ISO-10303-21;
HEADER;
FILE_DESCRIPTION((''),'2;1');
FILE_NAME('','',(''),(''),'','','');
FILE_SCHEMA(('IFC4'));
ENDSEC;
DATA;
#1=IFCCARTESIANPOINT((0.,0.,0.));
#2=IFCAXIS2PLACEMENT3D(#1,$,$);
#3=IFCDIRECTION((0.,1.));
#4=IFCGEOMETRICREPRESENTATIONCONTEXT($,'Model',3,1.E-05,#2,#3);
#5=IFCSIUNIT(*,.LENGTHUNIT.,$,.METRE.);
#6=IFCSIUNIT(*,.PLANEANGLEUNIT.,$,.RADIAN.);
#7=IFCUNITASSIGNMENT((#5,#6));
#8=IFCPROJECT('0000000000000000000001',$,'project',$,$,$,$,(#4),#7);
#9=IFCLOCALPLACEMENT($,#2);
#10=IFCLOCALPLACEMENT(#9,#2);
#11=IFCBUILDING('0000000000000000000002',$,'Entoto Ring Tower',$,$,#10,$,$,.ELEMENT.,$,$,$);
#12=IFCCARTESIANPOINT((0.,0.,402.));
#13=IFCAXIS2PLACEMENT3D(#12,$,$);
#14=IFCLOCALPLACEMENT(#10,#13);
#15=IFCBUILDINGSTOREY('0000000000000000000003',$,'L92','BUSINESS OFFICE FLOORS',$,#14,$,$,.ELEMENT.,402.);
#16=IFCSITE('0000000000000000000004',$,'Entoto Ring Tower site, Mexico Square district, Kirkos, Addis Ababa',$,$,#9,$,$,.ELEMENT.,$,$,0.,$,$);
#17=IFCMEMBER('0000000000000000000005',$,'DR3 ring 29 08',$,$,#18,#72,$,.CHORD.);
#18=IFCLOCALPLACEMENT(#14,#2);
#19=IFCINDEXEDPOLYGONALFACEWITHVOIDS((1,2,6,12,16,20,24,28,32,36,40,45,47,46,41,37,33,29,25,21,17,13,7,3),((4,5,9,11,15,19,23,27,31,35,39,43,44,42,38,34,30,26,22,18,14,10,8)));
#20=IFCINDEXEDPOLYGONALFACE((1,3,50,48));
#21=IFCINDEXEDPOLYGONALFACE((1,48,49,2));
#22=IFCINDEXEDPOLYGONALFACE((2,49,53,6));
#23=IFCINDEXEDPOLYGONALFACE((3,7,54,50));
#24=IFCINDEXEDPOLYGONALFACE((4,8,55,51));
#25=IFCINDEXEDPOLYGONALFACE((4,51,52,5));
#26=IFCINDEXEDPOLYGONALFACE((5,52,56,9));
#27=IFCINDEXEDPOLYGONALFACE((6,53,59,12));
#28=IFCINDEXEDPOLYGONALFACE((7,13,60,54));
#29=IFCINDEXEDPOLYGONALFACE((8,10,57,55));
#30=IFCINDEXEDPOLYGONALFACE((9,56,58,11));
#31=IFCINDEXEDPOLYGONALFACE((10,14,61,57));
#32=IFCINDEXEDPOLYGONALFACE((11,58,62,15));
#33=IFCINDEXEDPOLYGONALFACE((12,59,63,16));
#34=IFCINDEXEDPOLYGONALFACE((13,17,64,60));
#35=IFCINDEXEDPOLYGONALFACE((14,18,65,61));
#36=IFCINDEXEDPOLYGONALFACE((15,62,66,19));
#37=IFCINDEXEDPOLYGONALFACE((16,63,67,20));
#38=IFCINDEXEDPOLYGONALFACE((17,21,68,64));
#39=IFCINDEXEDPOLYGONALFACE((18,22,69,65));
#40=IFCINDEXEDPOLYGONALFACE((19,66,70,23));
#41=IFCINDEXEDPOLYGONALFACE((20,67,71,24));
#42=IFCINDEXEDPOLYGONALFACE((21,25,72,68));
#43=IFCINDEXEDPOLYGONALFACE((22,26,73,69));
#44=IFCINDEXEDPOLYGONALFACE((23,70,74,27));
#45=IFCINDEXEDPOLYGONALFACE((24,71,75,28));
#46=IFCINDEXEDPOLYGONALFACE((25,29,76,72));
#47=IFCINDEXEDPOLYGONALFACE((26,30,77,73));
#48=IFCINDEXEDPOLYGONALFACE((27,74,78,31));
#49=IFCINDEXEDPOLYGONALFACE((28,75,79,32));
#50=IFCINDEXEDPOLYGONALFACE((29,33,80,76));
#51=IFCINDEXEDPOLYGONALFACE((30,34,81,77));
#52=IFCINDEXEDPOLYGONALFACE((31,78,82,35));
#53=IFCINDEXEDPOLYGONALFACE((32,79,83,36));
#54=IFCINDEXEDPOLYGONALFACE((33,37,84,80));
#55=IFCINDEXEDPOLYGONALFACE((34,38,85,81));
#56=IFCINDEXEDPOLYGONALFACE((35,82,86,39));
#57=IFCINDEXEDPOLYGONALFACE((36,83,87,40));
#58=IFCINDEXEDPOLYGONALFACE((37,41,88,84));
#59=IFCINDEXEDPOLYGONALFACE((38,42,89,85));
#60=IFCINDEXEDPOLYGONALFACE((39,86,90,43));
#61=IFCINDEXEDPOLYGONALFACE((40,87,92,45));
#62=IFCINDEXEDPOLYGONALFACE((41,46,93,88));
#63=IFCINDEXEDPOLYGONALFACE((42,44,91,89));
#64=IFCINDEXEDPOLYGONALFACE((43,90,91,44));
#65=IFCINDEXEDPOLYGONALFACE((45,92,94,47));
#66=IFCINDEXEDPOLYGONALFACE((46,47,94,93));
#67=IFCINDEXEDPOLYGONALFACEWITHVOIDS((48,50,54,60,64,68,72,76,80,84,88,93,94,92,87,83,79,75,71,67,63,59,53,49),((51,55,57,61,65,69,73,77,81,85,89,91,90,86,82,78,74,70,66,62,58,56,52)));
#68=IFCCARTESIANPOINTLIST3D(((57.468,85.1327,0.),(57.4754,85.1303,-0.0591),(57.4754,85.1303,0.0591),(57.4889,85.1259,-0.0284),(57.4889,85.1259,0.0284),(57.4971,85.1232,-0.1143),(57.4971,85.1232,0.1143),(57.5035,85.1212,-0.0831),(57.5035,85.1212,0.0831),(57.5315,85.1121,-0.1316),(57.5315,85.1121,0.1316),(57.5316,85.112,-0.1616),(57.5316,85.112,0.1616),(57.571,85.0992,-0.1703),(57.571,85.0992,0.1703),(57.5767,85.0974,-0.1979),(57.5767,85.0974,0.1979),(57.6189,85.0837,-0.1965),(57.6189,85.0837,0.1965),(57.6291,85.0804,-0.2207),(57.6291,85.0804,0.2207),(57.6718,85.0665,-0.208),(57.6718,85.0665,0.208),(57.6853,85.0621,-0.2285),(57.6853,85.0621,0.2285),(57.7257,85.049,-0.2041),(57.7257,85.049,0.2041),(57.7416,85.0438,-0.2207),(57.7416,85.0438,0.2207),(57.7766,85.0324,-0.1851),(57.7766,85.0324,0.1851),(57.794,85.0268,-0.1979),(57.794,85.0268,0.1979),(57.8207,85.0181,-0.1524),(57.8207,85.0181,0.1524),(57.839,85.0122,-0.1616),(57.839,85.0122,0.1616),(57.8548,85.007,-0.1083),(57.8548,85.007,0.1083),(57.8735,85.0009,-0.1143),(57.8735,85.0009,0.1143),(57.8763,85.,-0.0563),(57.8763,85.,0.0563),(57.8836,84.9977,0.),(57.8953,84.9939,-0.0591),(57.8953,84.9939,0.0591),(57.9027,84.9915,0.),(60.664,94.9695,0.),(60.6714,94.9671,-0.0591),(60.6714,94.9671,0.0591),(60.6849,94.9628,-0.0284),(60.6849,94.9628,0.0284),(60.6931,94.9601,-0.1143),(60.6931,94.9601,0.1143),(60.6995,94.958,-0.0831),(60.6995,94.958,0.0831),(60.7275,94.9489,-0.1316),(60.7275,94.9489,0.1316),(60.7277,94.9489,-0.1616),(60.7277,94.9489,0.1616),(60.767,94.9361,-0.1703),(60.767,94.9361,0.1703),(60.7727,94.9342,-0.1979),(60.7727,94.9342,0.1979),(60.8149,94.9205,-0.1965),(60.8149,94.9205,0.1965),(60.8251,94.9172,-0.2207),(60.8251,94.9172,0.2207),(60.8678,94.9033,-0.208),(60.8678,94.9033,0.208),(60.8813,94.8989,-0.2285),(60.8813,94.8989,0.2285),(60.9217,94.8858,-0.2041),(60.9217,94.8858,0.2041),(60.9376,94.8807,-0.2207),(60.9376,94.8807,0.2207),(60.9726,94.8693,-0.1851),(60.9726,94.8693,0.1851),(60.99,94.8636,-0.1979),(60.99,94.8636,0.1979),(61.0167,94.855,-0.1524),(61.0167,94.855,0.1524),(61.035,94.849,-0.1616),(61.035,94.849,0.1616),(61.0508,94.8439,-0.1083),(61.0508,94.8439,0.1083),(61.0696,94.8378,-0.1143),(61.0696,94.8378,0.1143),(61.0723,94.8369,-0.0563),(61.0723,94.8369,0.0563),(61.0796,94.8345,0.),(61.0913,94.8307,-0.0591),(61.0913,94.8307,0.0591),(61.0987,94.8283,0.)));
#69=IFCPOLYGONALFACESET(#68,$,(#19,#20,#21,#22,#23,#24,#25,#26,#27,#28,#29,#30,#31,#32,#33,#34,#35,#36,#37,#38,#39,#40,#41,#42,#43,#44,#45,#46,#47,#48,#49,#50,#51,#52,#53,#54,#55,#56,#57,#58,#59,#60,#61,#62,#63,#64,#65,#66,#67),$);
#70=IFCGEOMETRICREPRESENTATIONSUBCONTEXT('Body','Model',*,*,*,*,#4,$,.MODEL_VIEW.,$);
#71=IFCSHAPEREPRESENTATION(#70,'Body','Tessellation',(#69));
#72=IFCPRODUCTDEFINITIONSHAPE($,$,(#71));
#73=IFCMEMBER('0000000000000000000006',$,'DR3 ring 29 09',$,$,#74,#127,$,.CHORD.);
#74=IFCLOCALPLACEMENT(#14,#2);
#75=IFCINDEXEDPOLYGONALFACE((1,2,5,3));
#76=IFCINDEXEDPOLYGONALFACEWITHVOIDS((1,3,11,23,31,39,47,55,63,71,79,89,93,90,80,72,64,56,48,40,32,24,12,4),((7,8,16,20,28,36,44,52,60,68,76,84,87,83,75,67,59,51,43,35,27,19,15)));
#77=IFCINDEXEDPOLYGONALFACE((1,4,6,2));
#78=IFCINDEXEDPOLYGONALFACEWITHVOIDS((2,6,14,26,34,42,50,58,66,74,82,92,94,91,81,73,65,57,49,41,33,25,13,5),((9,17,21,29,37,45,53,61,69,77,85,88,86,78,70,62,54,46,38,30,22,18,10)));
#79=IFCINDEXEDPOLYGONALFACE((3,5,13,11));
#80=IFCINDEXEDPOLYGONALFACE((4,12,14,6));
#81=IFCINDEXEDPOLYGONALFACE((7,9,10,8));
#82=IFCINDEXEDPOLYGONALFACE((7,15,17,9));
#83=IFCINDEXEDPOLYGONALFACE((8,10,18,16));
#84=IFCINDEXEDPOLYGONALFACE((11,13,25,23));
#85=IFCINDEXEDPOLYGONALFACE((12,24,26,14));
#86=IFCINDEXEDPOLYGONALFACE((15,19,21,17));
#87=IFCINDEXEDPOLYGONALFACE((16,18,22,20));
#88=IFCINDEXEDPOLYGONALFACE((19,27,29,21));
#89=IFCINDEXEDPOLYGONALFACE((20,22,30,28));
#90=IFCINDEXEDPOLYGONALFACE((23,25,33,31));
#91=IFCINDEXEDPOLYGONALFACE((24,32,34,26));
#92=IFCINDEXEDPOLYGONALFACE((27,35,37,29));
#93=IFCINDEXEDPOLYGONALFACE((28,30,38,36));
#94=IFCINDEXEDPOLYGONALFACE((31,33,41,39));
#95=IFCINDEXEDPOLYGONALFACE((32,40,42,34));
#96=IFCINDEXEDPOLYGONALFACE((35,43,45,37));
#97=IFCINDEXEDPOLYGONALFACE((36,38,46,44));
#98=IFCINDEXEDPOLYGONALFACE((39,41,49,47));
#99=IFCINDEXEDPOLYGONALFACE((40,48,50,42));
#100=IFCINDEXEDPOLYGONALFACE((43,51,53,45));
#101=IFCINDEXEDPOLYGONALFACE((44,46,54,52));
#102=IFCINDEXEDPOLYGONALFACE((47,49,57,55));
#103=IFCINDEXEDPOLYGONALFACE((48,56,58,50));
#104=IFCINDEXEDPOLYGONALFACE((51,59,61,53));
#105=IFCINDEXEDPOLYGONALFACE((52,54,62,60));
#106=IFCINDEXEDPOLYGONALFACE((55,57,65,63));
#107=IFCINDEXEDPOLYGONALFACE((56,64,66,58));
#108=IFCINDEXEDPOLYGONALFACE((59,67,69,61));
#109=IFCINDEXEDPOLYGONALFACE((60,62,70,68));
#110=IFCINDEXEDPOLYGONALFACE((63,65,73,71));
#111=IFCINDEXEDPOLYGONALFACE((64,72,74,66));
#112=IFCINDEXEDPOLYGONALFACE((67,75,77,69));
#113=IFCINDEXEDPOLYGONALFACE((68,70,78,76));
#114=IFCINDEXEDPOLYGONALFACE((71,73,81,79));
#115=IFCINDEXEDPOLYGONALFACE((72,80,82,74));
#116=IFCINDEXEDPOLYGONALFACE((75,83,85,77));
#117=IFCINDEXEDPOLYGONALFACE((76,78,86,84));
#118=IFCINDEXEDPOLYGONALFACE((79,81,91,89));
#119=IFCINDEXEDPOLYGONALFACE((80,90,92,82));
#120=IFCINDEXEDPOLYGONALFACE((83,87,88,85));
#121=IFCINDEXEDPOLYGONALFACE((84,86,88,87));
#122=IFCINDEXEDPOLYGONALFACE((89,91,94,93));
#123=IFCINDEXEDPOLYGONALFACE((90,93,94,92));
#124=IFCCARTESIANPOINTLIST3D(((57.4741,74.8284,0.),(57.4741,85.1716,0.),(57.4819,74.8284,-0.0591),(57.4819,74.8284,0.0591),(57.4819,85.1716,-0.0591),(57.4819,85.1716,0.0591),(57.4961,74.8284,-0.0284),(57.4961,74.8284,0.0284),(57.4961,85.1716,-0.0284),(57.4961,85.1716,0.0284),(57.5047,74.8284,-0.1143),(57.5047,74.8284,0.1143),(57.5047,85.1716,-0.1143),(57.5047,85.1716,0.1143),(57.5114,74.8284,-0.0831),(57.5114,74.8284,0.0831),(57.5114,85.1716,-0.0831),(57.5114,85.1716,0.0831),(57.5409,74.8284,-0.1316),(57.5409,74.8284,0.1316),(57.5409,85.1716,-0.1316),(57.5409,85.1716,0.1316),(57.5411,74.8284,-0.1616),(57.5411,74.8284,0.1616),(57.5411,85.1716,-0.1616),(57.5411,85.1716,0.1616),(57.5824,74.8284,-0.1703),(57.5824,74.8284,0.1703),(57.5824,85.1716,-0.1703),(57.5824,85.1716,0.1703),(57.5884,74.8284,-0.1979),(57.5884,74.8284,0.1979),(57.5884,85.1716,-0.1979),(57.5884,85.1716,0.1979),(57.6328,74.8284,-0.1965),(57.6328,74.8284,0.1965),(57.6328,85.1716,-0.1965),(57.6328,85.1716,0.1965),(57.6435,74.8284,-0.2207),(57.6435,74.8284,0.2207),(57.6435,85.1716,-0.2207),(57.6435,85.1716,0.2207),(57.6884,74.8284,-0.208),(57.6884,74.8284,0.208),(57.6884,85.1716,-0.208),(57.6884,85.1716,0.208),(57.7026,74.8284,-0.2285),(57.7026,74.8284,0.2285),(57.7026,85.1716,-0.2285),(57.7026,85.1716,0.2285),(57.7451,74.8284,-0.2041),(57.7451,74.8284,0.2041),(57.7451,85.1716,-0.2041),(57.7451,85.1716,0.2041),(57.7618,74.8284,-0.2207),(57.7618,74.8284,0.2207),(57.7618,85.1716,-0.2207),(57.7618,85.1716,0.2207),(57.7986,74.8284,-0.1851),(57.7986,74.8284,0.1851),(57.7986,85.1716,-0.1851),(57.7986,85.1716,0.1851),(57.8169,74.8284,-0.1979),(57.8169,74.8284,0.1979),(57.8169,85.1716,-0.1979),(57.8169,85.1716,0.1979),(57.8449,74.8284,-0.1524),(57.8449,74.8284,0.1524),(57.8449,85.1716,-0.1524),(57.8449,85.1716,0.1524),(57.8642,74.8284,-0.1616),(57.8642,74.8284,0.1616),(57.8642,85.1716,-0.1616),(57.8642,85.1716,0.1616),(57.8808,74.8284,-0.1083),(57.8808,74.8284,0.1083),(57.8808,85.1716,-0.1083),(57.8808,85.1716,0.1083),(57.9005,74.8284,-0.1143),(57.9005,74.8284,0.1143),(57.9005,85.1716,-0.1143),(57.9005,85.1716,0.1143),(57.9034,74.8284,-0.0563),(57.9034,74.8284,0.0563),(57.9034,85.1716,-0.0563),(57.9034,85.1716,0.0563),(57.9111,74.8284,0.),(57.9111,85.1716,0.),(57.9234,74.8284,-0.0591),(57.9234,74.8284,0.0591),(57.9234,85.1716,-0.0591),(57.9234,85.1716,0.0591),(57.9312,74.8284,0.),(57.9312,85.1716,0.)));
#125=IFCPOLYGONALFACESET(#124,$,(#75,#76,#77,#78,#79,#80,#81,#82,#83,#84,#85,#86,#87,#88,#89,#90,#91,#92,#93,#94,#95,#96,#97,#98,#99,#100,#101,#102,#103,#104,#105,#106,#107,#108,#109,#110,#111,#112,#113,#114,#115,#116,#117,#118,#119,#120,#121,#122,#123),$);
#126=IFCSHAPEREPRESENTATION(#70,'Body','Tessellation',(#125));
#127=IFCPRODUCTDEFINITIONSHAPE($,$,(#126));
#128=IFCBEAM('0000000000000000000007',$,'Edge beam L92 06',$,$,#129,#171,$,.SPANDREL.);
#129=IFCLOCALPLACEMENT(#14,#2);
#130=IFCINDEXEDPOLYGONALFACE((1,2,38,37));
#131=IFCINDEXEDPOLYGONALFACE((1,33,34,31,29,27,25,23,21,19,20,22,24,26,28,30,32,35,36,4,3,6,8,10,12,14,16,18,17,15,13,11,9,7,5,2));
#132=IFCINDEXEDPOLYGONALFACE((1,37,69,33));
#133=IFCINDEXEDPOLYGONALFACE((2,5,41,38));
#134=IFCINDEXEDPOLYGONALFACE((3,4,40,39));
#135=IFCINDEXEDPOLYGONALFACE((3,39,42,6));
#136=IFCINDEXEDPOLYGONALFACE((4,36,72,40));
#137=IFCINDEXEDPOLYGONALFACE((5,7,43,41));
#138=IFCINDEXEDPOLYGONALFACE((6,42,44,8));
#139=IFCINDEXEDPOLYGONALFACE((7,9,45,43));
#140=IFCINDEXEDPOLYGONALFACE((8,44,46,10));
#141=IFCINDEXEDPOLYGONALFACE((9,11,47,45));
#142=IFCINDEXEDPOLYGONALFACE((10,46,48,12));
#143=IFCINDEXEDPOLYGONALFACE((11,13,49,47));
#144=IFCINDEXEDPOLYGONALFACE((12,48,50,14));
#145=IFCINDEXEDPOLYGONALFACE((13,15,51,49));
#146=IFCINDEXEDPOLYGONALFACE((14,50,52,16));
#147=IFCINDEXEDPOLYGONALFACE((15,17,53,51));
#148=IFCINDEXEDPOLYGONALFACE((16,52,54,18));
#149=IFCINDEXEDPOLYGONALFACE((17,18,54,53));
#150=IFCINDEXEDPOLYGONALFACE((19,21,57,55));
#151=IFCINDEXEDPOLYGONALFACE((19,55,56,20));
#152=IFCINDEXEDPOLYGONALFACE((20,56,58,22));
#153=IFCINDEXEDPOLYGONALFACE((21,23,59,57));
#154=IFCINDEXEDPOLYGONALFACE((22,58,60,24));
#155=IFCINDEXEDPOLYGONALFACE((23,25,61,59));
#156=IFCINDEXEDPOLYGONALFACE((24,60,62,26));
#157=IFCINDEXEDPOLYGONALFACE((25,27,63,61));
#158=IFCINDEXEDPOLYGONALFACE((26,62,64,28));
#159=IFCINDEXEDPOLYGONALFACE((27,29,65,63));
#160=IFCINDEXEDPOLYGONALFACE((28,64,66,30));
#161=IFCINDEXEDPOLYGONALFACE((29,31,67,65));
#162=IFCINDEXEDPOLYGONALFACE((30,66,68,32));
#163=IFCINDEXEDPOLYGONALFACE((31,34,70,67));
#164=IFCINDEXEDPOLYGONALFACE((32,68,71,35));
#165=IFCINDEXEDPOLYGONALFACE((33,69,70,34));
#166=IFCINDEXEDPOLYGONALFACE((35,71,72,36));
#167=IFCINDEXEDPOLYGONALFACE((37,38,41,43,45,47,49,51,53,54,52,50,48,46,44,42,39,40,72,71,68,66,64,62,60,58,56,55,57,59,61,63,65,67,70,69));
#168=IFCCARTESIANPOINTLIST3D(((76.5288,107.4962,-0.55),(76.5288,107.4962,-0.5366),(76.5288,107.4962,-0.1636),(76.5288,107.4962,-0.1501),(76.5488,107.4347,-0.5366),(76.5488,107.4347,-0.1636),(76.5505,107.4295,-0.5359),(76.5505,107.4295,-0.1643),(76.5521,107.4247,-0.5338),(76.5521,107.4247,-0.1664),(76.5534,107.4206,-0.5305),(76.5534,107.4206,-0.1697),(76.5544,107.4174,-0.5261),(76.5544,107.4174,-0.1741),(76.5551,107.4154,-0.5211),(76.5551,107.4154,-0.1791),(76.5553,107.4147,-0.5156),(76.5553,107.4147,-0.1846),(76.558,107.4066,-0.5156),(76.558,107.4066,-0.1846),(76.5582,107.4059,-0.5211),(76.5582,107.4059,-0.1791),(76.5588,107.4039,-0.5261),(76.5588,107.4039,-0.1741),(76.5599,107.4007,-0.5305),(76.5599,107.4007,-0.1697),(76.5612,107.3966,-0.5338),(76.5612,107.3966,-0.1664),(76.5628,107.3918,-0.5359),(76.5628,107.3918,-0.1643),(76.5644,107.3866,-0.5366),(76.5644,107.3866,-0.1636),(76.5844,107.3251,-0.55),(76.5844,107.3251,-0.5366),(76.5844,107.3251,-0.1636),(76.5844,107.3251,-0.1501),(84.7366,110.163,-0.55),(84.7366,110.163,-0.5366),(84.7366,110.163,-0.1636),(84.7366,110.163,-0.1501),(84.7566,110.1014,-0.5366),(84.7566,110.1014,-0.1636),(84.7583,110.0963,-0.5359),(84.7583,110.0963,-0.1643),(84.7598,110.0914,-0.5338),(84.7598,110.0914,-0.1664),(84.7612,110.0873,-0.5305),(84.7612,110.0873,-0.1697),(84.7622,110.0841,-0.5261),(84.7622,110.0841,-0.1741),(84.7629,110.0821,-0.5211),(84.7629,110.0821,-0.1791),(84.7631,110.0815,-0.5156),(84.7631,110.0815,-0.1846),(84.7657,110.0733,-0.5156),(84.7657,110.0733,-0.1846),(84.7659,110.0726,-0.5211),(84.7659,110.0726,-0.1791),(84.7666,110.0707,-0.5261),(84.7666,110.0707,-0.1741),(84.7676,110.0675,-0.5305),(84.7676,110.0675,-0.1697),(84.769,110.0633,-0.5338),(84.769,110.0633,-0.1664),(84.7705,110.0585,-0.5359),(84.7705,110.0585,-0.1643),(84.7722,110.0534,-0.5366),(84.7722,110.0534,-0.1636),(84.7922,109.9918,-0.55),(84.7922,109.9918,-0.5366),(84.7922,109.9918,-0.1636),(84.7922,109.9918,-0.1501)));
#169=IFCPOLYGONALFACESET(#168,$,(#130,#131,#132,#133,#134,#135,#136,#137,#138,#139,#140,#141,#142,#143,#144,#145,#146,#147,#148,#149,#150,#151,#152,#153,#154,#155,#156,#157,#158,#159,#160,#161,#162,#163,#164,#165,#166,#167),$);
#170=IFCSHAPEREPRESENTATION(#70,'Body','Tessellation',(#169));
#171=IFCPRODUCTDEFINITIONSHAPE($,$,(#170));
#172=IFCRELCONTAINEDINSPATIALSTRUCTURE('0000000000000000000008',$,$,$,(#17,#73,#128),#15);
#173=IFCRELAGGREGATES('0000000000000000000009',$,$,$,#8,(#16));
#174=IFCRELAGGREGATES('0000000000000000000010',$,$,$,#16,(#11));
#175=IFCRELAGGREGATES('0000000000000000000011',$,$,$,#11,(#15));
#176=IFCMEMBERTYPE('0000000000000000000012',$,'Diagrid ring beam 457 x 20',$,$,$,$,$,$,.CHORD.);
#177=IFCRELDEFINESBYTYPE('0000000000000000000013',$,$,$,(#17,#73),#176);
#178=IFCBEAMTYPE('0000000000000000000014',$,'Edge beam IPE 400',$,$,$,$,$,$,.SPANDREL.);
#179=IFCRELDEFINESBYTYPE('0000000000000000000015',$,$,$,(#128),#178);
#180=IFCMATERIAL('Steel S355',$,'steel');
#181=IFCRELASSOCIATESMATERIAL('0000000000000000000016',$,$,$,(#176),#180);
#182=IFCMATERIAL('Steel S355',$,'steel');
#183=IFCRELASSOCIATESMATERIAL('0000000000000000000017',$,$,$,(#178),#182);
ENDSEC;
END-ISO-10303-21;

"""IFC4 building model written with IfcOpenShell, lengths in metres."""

from ifc_helpers import new_model, si_unit, direction, frame, origin, origin_2d, place, context, subcontext, project, spatial, circle, hollow_circle, i_section, extrude, material, material_profile, profile_set, type_object, element, save


model = new_model("IFC4")

# Units and contexts
model_context = context("Model", 3, precision=1e-05, world=origin(), true_north=direction((0.0, 1.0)))
body_context = subcontext(model_context, "Body", "Model", "MODEL_VIEW")
ifc_project = project(units=[si_unit("LENGTHUNIT", "METRE"), si_unit("PLANEANGLEUNIT", "RADIAN")], contexts=[model_context])

# Site, building, storey
site_placement = place(None, origin())
site = spatial("IfcSite", under=ifc_project, at=site_placement, Name="Entoto Ring Tower site, Mexico Square district, Kirkos, Addis Ababa", CompositionType="ELEMENT", RefElevation=0.0)
building_placement = place(site_placement, origin())
building = spatial("IfcBuilding", under=site, at=building_placement, Name="Entoto Ring Tower", CompositionType="ELEMENT")
storey_placement = place(building_placement, frame((0.0, 0.0, 402.0)))
storey = spatial("IfcBuildingStorey", under=building, at=storey_placement, Name="L92", Description="BUSINESS OFFICE FLOORS", CompositionType="ELEMENT", Elevation=402.0)

# Members
ifc_material_1 = material(Name="Steel S355", Category="steel")
ifc_material_profile_1 = material_profile(ifc_material_1, hollow_circle(Radius=0.2285, WallThickness=0.02, at=origin_2d()), Name="CHS 457 x 20")
ifc_material_2 = material(Name="Concrete C60/75", Category="concrete")
ifc_material_profile_2 = material_profile(ifc_material_2, circle(Radius=0.2085, at=origin_2d()), Name="Concrete C60/75 infill")
ifc_profile_set_1 = profile_set([ifc_material_profile_1, ifc_material_profile_2], Name="Steel S355")
member_type_1 = type_object("IfcMemberType", Name="Diagrid ring beam 457 x 20", PredefinedType="CHORD", material=ifc_profile_set_1)
member_1_placement = place(storey_placement, frame((60.8813, 94.8989, 0.0), z_axis=(-0.309003, -0.951061, 0.0), x_axis=(0.951061, -0.309003, 0.0)))
element("IfcMember", 1, at=member_1_placement, inside=storey, type_object=member_type_1, Name="DR3 ring 29 08", PredefinedType="CHORD", context=body_context, shape_type="SweptSolid", body=[
    extrude(hollow_circle(Radius=0.2285, WallThickness=0.02, at=origin_2d()), origin(), (0.0, 0.0, 1.0), 10.343),
])
member_2_placement = place(storey_placement, frame((57.7026, 85.1716, 0.0), z_axis=(0.0, -1.0, 0.0), x_axis=(1.0, 0.0, 0.0)))
element("IfcMember", 2, at=member_2_placement, inside=storey, type_object=member_type_1, Name="DR3 ring 29 09", PredefinedType="CHORD", context=body_context, shape_type="SweptSolid", body=[
    extrude(hollow_circle(Radius=0.2285, WallThickness=0.02, at=origin_2d()), origin(), (0.0, 0.0, 1.0), 10.3433),
])

# Beam
ifc_material_3 = material(Name="Steel S355", Category="steel")
ifc_material_profile_3 = material_profile(ifc_material_3, i_section(OverallWidth=0.1799, OverallDepth=0.3999, WebThickness=0.0085, FlangeThickness=0.0134, FilletRadius=0.021, at=origin_2d()), Name="IPE 400")
ifc_profile_set_2 = profile_set([ifc_material_profile_3], Name="Steel S355")
beam_type_1 = type_object("IfcBeamType", Name="Edge beam IPE 400", PredefinedType="SPANDREL", material=ifc_profile_set_2)
beam_1_placement = place(storey_placement, frame((84.7644, 110.0774, -0.3501), z_axis=(-0.95106, -0.309005, 0.0), x_axis=(0.309005, -0.95106, 0.0)))
element("IfcBeam", 3, at=beam_1_placement, inside=storey, type_object=beam_type_1, Name="Edge beam L92 06", PredefinedType="SPANDREL", context=body_context, shape_type="SweptSolid", body=[
    extrude(i_section(OverallWidth=0.1799, OverallDepth=0.3999, WebThickness=0.0085, FlangeThickness=0.0134, FilletRadius=0.021, at=origin_2d()), origin(), (0.0, 0.0, 1.0), 8.6301),
])

save(model, "model.ifc")
